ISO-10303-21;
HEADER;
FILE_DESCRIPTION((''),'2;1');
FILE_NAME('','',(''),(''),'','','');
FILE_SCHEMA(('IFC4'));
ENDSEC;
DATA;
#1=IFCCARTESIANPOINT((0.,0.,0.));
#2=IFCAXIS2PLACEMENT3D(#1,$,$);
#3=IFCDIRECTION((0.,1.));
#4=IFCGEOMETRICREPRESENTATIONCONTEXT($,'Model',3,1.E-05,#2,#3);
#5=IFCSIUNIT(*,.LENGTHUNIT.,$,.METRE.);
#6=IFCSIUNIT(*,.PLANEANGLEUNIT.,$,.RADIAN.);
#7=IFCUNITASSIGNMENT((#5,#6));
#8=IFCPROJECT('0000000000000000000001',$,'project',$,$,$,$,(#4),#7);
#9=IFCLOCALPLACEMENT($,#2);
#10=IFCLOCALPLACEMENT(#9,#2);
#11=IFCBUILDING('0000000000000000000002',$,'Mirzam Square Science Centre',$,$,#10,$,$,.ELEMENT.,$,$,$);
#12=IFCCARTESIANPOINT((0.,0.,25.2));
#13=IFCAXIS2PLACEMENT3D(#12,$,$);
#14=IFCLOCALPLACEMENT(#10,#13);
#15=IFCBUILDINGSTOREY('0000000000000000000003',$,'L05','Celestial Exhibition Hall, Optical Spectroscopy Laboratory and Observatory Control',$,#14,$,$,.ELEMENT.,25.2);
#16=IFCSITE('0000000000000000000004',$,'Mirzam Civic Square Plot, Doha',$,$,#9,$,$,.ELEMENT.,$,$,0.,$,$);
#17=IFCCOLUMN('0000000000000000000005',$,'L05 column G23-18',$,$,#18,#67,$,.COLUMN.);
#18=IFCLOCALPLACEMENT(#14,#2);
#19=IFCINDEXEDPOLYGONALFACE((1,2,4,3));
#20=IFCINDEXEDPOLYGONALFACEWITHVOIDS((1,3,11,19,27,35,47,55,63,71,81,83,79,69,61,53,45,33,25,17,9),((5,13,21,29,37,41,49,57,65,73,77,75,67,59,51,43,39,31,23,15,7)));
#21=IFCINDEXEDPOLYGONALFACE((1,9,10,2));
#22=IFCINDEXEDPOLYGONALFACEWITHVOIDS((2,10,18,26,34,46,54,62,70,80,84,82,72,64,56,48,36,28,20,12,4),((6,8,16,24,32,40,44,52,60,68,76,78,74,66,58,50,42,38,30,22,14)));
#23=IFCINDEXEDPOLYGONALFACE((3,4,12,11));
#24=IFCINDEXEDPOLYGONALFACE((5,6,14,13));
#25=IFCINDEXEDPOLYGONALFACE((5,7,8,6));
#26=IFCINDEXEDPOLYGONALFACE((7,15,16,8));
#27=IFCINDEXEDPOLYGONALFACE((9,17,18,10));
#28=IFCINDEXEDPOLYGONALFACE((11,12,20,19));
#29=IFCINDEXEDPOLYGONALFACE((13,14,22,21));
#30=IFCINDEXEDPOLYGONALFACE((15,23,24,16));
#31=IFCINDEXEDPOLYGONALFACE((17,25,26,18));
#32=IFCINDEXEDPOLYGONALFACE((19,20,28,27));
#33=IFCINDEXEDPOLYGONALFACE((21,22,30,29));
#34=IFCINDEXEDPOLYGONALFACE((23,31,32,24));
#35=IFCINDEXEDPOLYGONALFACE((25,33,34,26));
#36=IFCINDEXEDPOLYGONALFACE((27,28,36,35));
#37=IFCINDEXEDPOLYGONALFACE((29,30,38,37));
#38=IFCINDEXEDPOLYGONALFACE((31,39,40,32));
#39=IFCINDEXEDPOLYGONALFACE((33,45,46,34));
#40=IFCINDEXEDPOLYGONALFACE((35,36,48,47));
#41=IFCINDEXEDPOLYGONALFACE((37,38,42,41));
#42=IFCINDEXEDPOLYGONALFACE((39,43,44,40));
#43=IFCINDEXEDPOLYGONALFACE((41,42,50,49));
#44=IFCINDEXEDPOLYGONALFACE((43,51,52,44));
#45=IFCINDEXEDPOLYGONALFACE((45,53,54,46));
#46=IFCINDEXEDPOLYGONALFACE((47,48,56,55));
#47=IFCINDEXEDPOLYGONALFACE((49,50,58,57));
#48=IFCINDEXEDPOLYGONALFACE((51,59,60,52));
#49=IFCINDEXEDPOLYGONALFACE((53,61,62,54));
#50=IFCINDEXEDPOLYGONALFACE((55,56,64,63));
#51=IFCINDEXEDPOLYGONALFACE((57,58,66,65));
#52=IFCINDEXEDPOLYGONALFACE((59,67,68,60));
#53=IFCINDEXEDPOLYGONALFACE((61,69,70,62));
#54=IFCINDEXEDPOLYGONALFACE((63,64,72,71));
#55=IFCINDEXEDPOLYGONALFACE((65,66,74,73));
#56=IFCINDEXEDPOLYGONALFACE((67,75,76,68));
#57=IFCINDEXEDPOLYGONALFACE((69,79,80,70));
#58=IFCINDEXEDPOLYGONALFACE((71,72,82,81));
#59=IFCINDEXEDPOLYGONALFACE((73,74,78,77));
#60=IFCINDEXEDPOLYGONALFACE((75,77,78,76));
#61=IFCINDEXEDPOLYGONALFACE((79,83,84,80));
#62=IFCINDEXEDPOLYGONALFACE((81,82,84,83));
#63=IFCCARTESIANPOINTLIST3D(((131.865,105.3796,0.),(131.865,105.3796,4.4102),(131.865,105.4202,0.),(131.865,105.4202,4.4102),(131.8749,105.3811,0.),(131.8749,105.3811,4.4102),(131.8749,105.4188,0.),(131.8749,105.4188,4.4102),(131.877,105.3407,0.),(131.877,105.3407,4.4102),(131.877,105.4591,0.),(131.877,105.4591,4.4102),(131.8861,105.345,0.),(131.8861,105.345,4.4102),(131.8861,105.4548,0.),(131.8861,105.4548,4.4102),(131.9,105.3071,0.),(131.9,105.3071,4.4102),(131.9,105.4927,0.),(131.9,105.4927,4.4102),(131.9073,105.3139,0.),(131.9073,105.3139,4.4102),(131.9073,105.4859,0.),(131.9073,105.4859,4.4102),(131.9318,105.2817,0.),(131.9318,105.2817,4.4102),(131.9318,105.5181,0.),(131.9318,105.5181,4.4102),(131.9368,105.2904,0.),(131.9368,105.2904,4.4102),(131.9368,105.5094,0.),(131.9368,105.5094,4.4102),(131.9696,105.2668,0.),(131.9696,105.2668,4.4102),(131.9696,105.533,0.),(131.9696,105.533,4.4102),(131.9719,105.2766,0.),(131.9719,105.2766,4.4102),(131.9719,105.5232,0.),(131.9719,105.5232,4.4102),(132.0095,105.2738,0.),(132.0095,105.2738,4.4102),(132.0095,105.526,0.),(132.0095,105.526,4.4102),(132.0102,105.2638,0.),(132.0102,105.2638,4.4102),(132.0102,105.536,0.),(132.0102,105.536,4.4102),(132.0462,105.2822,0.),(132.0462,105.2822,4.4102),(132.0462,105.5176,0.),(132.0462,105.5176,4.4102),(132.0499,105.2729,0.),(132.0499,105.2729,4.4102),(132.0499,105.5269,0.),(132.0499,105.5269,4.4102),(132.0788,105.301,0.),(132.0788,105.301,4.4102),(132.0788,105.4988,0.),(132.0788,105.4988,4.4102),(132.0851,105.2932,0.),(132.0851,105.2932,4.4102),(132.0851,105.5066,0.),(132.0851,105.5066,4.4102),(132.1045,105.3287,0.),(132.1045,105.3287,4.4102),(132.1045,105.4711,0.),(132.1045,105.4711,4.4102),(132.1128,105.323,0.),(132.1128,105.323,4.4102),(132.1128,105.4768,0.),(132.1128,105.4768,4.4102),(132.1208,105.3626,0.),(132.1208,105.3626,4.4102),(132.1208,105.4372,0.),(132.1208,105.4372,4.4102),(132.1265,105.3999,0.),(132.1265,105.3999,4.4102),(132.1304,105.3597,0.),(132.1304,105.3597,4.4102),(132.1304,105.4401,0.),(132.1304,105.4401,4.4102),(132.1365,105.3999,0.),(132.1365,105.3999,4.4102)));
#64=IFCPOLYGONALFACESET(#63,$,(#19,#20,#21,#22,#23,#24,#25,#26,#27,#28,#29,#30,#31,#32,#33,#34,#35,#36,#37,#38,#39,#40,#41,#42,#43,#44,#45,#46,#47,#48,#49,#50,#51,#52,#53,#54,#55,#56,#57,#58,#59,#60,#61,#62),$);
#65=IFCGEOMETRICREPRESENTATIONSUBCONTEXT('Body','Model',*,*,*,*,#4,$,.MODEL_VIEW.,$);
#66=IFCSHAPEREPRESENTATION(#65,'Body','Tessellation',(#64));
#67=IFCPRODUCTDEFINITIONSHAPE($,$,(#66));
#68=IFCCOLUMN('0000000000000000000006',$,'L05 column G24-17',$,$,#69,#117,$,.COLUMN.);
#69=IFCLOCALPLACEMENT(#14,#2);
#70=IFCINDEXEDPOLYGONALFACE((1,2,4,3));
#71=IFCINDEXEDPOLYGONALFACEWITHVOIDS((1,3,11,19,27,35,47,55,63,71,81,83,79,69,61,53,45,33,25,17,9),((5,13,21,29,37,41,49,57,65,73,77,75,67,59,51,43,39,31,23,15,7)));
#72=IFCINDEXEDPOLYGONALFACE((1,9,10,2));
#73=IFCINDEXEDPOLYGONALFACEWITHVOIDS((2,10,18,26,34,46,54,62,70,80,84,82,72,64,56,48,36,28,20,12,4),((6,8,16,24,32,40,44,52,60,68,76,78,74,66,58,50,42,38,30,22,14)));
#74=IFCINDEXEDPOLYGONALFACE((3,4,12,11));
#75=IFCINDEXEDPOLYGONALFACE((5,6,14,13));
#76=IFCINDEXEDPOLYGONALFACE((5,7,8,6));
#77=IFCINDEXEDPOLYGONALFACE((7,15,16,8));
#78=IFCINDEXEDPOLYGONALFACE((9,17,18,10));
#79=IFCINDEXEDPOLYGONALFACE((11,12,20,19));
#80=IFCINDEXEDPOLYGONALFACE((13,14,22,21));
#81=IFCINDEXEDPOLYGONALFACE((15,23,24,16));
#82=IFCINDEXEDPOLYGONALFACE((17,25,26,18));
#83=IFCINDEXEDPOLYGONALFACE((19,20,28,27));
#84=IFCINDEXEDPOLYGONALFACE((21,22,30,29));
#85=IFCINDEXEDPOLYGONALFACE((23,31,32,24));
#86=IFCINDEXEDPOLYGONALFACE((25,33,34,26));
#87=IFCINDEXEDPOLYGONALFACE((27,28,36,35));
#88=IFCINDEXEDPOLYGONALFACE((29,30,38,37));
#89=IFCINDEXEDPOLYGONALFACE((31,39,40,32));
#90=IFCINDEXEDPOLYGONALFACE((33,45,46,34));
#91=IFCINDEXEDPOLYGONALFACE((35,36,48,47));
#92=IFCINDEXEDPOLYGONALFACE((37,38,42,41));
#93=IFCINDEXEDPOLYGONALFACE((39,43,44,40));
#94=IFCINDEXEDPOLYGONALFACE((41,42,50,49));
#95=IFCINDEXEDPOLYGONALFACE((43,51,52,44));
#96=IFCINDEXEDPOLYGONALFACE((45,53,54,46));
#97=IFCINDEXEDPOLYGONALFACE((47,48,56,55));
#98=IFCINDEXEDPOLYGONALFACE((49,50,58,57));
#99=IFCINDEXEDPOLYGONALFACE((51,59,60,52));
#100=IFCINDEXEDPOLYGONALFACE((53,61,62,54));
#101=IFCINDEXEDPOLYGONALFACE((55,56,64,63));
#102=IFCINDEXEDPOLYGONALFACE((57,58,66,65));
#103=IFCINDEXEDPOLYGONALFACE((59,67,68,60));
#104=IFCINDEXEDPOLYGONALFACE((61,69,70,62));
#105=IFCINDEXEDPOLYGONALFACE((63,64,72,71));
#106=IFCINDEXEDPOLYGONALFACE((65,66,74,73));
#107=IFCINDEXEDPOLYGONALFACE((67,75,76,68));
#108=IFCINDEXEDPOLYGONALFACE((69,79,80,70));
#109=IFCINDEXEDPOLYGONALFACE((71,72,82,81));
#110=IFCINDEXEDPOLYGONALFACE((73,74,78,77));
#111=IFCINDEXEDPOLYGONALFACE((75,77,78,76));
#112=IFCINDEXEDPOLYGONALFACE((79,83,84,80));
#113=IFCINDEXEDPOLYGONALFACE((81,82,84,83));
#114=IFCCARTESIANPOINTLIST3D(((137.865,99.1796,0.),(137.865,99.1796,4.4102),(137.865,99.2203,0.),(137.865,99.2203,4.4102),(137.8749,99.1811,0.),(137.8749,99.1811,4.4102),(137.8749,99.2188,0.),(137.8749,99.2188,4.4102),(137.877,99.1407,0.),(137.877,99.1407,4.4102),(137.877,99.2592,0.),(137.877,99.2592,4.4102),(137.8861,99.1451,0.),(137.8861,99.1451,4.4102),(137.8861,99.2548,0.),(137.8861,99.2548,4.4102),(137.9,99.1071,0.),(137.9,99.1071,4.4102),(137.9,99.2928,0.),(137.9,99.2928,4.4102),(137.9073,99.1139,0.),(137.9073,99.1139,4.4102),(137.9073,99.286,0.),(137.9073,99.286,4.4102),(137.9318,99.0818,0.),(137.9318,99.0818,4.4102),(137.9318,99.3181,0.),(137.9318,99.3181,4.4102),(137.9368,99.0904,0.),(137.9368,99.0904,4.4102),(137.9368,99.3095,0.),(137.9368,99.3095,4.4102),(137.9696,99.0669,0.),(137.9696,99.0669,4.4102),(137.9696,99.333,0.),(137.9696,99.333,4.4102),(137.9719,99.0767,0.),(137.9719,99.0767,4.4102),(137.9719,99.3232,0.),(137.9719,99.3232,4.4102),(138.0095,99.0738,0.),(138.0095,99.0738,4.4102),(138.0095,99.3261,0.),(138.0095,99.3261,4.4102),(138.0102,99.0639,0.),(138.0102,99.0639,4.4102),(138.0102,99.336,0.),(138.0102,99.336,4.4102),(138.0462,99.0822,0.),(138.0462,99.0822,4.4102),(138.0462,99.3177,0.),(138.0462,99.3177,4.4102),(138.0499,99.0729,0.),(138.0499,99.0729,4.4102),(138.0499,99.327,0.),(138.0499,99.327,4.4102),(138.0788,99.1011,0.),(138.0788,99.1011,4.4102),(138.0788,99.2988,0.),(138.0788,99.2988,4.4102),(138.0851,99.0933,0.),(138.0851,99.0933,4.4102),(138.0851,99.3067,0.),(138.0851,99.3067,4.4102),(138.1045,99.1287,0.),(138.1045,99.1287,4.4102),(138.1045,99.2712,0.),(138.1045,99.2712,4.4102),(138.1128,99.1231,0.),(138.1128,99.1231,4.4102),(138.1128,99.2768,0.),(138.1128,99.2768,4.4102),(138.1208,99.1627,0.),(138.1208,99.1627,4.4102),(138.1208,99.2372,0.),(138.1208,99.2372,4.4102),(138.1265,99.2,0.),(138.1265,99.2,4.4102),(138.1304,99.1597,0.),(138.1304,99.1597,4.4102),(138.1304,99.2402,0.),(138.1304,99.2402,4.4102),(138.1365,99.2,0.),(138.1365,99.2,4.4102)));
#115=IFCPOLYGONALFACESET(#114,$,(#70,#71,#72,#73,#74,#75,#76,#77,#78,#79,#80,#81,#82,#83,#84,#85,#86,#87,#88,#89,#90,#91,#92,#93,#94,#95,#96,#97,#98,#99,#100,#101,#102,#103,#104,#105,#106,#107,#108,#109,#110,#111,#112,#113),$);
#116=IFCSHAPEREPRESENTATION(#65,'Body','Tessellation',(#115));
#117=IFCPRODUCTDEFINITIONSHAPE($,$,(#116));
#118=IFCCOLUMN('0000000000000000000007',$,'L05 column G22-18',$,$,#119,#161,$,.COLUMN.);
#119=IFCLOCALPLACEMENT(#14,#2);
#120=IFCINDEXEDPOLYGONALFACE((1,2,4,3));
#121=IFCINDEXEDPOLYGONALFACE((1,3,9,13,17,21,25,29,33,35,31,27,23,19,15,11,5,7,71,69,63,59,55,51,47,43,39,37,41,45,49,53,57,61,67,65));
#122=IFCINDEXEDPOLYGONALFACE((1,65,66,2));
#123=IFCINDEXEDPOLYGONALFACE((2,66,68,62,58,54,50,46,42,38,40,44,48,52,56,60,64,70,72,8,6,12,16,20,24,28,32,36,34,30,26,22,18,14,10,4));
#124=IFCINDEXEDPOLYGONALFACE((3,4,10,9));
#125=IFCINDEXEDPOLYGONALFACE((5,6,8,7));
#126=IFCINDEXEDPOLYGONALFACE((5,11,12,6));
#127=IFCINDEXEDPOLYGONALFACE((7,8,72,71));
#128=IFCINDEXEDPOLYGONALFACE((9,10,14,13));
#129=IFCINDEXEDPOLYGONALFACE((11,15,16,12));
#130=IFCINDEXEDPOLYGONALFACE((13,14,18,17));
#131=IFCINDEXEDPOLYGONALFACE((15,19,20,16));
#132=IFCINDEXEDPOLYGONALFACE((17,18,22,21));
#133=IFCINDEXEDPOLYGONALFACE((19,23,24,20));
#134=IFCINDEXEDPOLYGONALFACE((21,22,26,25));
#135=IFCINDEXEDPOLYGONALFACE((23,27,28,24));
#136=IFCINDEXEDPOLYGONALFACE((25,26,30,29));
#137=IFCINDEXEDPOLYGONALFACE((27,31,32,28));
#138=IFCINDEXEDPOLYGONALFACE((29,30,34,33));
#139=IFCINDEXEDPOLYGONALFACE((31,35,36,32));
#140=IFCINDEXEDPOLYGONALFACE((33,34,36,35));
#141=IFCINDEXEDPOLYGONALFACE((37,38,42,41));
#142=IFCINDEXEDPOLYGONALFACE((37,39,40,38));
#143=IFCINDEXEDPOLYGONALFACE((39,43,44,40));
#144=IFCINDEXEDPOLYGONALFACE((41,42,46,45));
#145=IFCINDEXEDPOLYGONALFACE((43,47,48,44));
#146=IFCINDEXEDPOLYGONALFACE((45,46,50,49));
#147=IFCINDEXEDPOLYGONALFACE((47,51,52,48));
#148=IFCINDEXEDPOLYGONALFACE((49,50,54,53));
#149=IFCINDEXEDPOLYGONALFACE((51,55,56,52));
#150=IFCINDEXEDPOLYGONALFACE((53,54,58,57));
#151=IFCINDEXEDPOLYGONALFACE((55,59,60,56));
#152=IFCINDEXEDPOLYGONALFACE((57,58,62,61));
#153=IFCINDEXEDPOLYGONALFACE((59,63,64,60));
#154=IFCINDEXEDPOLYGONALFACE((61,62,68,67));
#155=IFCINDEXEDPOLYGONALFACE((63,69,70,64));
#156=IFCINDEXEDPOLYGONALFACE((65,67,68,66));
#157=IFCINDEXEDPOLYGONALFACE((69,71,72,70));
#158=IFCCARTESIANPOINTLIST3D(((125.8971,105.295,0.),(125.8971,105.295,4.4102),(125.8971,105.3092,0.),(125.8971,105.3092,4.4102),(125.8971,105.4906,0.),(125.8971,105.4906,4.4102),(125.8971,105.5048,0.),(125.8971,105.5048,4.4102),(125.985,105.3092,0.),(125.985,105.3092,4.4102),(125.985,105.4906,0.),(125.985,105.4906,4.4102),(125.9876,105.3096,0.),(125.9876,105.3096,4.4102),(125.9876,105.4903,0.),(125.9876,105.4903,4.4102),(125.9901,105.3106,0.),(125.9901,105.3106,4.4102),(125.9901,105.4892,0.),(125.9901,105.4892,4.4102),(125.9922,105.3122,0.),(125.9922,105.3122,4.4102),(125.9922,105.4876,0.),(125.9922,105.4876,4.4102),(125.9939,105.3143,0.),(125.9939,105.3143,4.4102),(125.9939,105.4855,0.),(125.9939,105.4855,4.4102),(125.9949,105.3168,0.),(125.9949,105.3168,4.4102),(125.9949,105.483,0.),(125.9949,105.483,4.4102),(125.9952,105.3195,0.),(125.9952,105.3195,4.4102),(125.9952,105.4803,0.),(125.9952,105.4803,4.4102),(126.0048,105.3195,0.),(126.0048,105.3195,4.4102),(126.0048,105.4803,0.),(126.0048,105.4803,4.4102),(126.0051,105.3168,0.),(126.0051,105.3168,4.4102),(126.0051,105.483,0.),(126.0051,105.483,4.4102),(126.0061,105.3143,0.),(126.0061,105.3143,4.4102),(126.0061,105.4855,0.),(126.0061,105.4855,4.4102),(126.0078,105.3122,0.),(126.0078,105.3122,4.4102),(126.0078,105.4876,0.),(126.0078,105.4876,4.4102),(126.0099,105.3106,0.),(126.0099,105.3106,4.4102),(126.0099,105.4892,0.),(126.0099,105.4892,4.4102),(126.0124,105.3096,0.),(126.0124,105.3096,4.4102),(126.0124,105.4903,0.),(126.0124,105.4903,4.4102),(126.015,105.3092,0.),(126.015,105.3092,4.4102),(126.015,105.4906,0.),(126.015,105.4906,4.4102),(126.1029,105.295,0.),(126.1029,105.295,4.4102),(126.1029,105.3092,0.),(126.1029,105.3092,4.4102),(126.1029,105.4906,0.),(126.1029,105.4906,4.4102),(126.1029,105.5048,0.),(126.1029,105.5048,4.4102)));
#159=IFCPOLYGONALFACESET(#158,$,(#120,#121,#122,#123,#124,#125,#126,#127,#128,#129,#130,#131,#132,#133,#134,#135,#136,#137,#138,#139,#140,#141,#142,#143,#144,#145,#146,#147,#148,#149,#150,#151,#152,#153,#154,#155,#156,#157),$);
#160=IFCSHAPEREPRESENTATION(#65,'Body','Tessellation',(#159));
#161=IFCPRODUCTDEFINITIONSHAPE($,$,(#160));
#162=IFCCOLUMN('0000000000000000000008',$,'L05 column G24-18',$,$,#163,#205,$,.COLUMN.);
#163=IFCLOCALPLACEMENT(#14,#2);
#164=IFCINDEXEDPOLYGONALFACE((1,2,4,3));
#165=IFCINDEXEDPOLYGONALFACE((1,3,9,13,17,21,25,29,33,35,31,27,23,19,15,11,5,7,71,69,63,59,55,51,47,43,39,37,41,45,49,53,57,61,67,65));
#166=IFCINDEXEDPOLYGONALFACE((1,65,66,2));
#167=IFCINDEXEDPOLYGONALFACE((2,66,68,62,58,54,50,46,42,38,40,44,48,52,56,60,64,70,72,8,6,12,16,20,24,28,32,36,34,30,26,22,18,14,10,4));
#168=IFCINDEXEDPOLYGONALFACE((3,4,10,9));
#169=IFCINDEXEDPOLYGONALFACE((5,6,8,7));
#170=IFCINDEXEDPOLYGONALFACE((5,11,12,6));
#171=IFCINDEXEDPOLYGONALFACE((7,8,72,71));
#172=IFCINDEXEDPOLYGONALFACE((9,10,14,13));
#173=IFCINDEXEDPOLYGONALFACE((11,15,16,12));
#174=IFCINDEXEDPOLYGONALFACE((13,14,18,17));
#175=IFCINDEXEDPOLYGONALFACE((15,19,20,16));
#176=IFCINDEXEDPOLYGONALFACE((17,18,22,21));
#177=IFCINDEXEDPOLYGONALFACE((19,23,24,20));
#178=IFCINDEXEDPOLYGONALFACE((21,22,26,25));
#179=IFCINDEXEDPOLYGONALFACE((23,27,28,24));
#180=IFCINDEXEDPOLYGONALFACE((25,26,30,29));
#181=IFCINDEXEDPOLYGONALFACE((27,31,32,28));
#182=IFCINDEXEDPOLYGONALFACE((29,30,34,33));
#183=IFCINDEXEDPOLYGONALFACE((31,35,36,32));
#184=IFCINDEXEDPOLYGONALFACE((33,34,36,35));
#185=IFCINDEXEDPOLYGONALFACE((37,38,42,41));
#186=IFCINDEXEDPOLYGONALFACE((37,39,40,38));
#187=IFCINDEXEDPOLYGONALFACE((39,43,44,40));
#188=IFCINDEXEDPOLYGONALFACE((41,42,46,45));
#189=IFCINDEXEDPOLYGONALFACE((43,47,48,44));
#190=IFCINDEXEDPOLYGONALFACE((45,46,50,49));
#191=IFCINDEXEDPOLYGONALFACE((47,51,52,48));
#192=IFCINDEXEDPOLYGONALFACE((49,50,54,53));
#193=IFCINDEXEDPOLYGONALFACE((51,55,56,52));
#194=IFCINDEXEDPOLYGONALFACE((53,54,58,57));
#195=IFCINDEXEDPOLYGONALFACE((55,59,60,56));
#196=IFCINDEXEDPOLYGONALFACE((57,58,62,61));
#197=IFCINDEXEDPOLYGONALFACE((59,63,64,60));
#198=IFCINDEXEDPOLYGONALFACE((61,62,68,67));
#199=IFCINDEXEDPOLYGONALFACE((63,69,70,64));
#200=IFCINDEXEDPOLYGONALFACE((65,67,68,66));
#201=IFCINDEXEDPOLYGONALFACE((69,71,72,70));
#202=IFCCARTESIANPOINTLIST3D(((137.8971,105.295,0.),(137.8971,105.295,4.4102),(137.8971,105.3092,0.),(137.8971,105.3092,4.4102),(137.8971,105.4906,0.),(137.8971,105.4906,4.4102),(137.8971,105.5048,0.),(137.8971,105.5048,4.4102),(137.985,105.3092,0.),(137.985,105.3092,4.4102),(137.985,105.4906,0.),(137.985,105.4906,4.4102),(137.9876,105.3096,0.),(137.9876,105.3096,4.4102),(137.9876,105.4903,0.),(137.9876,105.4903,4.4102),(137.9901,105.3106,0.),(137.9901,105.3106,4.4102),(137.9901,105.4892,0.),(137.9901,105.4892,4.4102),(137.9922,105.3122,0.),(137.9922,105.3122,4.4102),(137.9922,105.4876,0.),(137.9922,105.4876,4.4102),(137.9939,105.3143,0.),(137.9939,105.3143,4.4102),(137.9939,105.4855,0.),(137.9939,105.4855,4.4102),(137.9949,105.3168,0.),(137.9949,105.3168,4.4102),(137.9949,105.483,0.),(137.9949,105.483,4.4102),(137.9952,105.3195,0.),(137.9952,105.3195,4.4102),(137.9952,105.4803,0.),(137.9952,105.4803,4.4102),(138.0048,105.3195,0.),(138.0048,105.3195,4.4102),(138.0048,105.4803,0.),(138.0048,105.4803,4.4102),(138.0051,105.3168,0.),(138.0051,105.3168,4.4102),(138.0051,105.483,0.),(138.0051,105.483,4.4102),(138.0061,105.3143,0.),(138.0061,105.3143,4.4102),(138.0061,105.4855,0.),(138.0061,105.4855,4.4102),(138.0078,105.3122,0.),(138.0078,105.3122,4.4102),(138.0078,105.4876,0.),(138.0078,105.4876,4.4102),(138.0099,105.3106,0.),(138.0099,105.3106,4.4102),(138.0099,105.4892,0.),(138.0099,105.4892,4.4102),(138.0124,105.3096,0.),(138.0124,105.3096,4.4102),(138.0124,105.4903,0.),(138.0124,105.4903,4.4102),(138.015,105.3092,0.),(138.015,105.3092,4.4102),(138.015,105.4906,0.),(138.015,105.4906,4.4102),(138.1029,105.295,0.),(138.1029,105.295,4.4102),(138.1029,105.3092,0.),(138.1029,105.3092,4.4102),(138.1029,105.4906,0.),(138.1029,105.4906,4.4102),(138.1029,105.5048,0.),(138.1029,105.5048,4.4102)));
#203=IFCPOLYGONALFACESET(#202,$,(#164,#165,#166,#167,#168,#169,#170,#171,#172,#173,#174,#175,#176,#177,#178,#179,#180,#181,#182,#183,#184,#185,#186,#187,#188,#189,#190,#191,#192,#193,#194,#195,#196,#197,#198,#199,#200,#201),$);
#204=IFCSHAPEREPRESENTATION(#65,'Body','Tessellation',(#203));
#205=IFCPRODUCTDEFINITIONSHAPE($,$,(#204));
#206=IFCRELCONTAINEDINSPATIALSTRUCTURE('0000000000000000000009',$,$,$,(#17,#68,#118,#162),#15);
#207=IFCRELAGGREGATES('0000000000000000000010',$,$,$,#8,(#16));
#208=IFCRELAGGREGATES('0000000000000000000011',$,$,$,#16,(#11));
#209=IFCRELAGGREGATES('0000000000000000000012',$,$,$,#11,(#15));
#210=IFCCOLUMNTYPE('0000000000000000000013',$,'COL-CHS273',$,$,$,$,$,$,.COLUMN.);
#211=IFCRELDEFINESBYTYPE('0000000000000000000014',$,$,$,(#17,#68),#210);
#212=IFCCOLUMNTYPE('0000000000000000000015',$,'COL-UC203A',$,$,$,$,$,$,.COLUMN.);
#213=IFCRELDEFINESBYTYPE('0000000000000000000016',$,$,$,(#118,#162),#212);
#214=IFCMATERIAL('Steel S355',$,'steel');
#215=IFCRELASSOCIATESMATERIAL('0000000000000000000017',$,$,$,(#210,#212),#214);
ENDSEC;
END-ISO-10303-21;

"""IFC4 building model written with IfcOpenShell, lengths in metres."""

from ifc_helpers import new_model, si_unit, direction, frame, origin, origin_2d, place, context, subcontext, project, spatial, hollow_circle, i_section, extrude, material, material_profile, profile_set, type_object, element, save


model = new_model("IFC4")

# Units and contexts
model_context = context("Model", 3, precision=1e-05, world=origin(), true_north=direction((0.0, 1.0)))
body_context = subcontext(model_context, "Body", "Model", "MODEL_VIEW")
ifc_project = project(units=[si_unit("LENGTHUNIT", "METRE"), si_unit("PLANEANGLEUNIT", "RADIAN")], contexts=[model_context])

# Site, building, storey
site_placement = place(None, origin())
site = spatial("IfcSite", under=ifc_project, at=site_placement, Name="Mirzam Civic Square Plot, Doha", CompositionType="ELEMENT", RefElevation=0.0)
building_placement = place(site_placement, origin())
building = spatial("IfcBuilding", under=site, at=building_placement, Name="Mirzam Square Science Centre", CompositionType="ELEMENT")
storey_placement = place(building_placement, frame((0.0, 0.0, 25.2)))
storey = spatial("IfcBuildingStorey", under=building, at=storey_placement, Name="L05", Description="Celestial Exhibition Hall, Optical Spectroscopy Laboratory and Observatory Control", CompositionType="ELEMENT", Elevation=25.2)

# Columns
ifc_material_1 = material(Name="Steel S355", Category="steel")
ifc_material_profile_1 = material_profile(ifc_material_1, hollow_circle(Radius=0.1365, WallThickness=0.01, at=origin_2d()), Name="273.0x10.0CHS")
ifc_profile_set_1 = profile_set([ifc_material_profile_1], Name="Steel S355")
column_type_1 = type_object("IfcColumnType", Name="COL-CHS273", PredefinedType="COLUMN", material=ifc_profile_set_1)
for number, where, z_axis, x_axis, name in (
    (1, (132.0, 105.3999, 0.0), (0.0, 0.0, 1.0), (1.0, 0.0, 0.0), "L05 column G23-18"),
    (2, (138.0, 99.2, 0.0), (0.0, 0.0, 1.0), (1.0, 0.0, 0.0), "L05 column G24-17"),
):
    element("IfcColumn", number, at=place(storey_placement, frame(where, z_axis=z_axis, x_axis=x_axis)), inside=storey, type_object=column_type_1, Name=name, PredefinedType="COLUMN", context=body_context, shape_type="SweptSolid", body=[
        extrude(hollow_circle(Radius=0.1365, WallThickness=0.01, at=origin_2d()), origin(), (0.0, 0.0, 1.0), 4.4102),
    ])
ifc_material_profile_2 = material_profile(ifc_material_1, i_section(OverallWidth=0.2058, OverallDepth=0.2097, WebThickness=0.0095, FlangeThickness=0.0142, FilletRadius=0.0103, at=origin_2d()), Name="203x203x60UC")
ifc_profile_set_2 = profile_set([ifc_material_profile_2], Name="Steel S355")
column_type_2 = type_object("IfcColumnType", Name="COL-UC203A", PredefinedType="COLUMN", material=ifc_profile_set_2)
for number, where, z_axis, x_axis, name in (
    (3, (126.0, 105.3999, 0.0), (0.0, 0.0, 1.0), (1.0, 0.0, 0.0), "L05 column G22-18"),
    (4, (138.0, 105.3999, 0.0), (0.0, 0.0, 1.0), (1.0, 0.0, 0.0), "L05 column G24-18"),
):
    element("IfcColumn", number, at=place(storey_placement, frame(where, z_axis=z_axis, x_axis=x_axis)), inside=storey, type_object=column_type_2, Name=name, PredefinedType="COLUMN", context=body_context, shape_type="SweptSolid", body=[
        extrude(i_section(OverallWidth=0.2058, OverallDepth=0.2097, WebThickness=0.0095, FlangeThickness=0.0142, FilletRadius=0.0103, at=origin_2d()), origin(), (0.0, 0.0, 1.0), 4.4102),
    ])

save(model, "model.ifc")
